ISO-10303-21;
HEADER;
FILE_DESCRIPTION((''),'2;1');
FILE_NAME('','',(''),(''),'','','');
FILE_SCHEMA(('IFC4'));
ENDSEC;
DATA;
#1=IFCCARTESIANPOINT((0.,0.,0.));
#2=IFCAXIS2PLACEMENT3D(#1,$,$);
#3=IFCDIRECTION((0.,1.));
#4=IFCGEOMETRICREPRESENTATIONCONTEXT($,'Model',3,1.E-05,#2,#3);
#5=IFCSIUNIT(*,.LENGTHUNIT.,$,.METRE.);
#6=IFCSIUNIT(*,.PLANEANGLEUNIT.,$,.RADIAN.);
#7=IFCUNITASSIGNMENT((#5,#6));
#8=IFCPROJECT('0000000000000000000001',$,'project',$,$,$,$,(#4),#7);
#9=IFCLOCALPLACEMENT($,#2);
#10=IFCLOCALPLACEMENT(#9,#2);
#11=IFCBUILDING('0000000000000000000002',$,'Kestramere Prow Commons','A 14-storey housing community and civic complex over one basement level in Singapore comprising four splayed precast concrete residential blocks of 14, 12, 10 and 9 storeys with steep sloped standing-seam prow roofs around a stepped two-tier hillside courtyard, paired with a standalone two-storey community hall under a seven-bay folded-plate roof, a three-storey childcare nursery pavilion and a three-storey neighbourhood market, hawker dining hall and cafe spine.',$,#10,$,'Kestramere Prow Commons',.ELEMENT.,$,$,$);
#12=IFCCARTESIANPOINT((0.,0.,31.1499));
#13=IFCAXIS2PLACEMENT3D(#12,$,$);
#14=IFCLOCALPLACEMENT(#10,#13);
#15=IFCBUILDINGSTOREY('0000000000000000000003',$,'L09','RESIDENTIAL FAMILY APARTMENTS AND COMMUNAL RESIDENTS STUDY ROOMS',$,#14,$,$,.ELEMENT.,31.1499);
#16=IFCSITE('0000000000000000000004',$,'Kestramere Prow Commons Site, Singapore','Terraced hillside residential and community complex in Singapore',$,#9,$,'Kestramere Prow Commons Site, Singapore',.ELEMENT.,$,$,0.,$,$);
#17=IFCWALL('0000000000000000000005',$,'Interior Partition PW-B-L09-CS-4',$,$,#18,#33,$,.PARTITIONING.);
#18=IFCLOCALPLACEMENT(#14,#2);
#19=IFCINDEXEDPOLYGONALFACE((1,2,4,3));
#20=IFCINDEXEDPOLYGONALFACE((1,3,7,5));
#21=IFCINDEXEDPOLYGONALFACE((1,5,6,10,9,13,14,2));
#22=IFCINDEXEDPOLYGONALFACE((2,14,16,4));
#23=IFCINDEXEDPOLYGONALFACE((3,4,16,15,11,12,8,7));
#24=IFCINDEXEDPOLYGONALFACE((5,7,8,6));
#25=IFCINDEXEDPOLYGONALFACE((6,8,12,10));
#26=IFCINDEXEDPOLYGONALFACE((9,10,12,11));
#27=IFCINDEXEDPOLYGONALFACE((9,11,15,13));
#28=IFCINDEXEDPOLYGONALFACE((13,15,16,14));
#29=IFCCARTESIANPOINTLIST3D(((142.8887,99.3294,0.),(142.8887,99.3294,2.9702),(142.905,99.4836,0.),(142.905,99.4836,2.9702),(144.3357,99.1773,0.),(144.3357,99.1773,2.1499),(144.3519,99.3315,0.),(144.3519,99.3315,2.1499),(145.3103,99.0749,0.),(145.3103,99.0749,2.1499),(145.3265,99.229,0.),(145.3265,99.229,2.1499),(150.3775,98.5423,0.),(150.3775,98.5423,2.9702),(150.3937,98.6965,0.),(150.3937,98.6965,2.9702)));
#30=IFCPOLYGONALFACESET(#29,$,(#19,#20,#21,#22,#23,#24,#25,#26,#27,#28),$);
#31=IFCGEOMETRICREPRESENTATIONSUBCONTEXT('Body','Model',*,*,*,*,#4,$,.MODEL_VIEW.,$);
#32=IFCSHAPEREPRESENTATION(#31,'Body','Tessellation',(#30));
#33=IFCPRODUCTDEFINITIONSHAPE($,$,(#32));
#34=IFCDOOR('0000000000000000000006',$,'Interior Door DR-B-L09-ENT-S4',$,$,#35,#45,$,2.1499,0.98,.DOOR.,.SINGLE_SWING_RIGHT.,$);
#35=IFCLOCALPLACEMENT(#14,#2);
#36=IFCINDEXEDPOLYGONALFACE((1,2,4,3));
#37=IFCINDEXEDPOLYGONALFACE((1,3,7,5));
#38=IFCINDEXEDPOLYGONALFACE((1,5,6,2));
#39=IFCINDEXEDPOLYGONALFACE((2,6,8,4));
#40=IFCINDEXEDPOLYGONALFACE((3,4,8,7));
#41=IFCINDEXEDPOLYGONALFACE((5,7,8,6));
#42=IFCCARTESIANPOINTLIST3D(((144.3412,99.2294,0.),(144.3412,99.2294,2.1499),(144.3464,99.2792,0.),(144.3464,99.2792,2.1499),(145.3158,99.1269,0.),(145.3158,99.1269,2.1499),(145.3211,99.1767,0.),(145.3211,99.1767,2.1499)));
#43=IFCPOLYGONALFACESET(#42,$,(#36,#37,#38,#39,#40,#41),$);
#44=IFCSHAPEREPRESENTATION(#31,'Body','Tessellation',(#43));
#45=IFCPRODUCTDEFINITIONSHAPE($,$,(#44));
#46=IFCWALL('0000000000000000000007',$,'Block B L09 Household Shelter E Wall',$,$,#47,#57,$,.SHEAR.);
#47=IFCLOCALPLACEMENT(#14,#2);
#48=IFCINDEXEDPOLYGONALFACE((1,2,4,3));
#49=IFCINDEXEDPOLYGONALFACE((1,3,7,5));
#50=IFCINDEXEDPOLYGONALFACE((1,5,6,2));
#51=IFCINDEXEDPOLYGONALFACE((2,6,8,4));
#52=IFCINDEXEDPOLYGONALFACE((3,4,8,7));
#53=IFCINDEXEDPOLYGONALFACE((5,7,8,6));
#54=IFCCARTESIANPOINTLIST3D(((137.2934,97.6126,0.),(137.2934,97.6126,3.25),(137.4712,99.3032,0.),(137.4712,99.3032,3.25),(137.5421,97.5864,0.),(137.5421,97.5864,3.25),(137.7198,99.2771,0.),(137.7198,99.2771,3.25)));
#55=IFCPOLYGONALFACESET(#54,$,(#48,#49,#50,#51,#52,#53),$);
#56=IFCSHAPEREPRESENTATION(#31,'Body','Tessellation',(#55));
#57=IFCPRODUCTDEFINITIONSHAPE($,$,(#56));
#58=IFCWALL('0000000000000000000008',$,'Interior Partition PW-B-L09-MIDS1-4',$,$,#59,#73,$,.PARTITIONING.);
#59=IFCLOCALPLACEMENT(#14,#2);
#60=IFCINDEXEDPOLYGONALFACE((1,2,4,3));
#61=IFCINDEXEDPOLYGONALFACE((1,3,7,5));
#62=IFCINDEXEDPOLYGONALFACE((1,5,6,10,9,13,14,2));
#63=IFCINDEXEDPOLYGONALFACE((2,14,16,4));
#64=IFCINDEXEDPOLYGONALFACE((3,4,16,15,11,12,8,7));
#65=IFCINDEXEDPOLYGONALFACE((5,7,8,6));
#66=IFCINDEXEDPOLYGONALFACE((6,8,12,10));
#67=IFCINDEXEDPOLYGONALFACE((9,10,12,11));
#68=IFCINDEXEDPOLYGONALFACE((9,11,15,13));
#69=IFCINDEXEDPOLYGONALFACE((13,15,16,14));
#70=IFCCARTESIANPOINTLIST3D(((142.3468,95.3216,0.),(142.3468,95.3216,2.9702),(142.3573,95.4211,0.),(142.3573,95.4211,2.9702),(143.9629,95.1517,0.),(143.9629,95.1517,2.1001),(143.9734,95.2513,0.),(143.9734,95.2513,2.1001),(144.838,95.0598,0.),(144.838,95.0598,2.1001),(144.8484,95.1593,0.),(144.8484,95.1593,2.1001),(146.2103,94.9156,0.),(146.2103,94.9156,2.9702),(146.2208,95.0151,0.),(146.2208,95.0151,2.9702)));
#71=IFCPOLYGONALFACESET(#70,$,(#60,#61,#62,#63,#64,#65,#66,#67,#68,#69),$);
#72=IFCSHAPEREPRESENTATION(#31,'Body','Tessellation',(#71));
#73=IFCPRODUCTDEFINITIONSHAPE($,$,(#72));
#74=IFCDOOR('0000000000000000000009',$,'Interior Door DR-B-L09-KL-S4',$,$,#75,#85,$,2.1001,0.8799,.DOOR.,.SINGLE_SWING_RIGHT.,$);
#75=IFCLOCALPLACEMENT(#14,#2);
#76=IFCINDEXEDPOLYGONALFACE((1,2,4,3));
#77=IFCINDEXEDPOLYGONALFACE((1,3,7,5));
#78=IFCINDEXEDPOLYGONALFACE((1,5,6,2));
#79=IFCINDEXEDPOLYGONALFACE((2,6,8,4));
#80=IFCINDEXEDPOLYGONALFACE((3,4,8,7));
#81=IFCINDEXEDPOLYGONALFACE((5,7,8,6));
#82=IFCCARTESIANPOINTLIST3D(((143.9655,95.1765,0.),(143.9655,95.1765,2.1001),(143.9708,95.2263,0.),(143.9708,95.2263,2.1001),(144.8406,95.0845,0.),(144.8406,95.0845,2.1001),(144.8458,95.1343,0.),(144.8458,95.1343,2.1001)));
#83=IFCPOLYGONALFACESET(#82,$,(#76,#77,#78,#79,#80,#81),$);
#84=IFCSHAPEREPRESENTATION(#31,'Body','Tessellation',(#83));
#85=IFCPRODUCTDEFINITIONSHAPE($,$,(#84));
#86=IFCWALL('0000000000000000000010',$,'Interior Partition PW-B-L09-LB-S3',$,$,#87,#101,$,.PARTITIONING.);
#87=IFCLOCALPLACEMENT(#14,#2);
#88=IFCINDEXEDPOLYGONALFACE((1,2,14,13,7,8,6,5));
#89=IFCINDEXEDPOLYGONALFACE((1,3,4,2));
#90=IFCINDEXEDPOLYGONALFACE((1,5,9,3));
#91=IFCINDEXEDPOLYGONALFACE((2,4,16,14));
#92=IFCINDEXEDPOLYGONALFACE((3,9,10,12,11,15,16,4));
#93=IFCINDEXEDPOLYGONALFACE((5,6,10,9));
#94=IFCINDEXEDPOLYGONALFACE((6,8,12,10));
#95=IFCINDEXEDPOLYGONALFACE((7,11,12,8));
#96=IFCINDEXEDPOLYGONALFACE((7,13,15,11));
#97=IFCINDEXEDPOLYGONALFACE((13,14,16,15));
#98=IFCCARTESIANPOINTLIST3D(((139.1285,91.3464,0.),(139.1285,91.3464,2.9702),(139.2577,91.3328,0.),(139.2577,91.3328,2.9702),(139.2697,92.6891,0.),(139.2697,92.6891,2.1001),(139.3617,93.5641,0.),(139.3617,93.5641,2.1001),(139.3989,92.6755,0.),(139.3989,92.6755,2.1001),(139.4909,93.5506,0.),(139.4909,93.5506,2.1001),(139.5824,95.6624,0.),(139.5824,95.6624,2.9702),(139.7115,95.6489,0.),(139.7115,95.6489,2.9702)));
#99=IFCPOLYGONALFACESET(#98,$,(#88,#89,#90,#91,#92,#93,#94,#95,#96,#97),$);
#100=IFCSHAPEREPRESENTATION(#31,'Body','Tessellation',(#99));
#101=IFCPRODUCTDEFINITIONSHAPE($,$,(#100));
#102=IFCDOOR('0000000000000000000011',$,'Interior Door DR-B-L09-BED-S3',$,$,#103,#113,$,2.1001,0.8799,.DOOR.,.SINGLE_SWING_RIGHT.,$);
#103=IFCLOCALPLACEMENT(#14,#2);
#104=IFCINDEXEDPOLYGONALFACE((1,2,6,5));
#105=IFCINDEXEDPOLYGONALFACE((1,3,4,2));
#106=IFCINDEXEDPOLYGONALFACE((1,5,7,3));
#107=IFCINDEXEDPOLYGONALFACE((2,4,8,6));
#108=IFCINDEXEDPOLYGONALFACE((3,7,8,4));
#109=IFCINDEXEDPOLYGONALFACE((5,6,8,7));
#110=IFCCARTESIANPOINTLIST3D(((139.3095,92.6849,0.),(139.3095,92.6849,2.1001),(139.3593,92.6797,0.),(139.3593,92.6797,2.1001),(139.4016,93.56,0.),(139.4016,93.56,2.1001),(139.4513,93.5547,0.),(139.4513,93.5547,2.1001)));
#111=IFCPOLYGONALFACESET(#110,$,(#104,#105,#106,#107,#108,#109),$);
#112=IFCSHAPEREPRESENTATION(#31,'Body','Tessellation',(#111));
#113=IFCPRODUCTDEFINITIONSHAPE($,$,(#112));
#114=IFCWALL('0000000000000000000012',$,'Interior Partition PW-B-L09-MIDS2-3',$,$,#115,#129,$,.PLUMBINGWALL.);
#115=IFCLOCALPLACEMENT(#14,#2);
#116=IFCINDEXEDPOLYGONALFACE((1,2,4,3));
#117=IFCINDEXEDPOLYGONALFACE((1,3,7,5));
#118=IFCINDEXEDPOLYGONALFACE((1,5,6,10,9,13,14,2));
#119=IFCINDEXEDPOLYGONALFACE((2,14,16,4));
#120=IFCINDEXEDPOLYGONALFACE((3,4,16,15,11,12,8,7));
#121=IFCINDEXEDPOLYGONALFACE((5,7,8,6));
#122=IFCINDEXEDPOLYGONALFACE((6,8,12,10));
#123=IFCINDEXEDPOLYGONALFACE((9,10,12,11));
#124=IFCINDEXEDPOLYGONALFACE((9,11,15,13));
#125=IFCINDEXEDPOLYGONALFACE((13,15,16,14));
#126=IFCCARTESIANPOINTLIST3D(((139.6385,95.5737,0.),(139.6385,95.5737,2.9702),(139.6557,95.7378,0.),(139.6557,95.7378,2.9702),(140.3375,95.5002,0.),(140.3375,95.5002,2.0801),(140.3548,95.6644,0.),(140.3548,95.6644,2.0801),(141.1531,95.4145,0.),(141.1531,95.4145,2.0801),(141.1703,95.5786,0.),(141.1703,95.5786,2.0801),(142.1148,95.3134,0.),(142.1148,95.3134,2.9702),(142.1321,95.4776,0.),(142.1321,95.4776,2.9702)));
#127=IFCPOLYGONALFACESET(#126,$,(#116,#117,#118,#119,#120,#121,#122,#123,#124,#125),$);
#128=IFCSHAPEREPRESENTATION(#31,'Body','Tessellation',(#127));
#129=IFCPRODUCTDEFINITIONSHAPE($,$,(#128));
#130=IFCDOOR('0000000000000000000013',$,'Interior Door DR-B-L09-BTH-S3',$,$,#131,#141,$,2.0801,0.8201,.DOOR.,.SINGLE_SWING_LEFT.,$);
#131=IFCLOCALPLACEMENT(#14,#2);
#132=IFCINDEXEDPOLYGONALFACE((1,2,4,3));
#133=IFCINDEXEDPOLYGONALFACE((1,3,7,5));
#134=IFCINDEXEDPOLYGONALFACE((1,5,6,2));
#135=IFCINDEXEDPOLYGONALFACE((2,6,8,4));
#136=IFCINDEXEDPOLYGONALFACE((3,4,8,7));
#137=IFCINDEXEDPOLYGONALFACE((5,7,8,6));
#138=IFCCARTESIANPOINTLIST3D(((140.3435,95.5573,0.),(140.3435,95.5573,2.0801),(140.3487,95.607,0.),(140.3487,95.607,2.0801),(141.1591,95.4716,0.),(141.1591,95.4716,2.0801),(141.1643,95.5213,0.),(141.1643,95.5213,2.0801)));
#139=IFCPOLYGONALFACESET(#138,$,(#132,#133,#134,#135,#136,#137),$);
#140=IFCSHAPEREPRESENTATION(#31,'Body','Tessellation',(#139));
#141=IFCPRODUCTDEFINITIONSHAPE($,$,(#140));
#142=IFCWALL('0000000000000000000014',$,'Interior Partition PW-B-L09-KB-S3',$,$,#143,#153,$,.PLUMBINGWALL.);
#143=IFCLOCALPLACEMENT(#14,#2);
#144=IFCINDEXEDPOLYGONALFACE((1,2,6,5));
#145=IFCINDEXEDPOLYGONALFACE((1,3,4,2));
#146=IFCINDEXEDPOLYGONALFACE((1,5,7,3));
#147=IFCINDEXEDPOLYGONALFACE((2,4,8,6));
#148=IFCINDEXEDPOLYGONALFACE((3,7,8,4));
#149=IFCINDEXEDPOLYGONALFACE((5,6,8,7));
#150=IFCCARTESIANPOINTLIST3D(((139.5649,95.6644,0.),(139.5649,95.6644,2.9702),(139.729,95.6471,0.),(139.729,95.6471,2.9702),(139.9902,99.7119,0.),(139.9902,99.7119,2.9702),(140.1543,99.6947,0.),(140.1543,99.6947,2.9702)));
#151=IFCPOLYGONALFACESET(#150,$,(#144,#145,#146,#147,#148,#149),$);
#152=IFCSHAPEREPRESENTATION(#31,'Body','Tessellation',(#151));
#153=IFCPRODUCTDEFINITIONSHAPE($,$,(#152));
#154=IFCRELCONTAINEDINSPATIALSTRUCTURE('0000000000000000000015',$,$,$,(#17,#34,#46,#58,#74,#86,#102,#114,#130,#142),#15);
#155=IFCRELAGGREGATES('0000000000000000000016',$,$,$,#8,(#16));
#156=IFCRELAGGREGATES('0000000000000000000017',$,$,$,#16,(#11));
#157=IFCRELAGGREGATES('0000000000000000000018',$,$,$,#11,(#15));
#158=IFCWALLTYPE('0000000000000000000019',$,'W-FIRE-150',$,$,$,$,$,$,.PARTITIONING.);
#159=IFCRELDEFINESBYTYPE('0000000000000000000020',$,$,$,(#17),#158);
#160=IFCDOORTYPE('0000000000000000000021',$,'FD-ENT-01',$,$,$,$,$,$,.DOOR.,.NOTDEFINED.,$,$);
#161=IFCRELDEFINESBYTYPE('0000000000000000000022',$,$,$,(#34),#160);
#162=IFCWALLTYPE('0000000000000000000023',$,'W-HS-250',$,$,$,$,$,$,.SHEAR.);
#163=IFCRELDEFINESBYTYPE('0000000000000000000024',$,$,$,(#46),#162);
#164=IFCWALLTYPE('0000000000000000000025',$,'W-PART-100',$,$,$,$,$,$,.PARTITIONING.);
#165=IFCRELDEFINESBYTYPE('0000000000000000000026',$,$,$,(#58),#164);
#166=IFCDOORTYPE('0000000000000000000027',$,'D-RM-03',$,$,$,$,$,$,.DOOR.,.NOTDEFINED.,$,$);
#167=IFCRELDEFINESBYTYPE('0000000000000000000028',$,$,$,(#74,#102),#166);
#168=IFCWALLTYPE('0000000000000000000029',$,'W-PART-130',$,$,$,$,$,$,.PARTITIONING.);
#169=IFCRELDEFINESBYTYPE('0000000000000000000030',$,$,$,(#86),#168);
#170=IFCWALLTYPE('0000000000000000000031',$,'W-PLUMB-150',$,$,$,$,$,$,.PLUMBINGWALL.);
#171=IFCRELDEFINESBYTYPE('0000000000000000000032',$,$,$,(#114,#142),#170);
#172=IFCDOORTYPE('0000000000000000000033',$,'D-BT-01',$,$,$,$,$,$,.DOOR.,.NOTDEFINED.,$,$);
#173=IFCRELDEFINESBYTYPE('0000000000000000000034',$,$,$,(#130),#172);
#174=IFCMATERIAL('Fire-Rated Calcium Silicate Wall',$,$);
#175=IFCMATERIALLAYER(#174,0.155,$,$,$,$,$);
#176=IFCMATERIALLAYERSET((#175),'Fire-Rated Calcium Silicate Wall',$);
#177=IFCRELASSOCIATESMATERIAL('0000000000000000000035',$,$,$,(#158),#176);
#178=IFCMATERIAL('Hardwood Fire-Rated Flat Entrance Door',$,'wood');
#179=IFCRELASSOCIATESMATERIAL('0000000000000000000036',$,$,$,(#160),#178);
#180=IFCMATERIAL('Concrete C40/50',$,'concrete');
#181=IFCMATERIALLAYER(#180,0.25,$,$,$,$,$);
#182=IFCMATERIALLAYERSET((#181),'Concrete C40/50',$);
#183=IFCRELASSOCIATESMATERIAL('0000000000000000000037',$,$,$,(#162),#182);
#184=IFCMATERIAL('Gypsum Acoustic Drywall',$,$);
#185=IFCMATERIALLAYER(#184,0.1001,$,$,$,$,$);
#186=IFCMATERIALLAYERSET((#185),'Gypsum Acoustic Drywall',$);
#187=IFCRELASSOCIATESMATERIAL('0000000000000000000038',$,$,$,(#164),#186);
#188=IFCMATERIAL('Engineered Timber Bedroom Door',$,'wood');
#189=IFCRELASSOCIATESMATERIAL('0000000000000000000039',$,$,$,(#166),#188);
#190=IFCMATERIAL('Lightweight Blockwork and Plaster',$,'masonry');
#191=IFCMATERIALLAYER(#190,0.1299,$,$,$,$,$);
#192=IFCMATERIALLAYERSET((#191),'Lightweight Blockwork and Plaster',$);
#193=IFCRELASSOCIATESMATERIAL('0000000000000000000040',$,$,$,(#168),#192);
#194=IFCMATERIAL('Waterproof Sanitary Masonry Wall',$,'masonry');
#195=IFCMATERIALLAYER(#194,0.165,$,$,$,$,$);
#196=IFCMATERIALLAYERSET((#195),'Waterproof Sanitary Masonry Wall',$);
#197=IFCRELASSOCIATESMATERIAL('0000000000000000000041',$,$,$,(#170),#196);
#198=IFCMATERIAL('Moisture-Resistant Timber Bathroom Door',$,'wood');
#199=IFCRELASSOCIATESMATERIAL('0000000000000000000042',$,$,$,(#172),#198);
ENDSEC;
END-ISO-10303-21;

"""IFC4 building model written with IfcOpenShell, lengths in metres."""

from ifc_helpers import new_model, si_unit, direction, frame, frame_2d, origin, place, context, subcontext, project, spatial, rectangle, extrude, material, layer, layer_set, type_object, element, fill, save


model = new_model("IFC4")

# Units and contexts
model_context = context("Model", 3, precision=1e-05, world=origin(), true_north=direction((0.0, 1.0)))
body_context = subcontext(model_context, "Body", "Model", "MODEL_VIEW")
ifc_project = project(units=[si_unit("LENGTHUNIT", "METRE"), si_unit("PLANEANGLEUNIT", "RADIAN")], contexts=[model_context])

# Site, building, storey
site_placement = place(None, origin())
site = spatial("IfcSite", under=ifc_project, at=site_placement, Name="Kestramere Prow Commons Site, Singapore", Description="Terraced hillside residential and community complex in Singapore", LongName="Kestramere Prow Commons Site, Singapore", CompositionType="ELEMENT", RefElevation=0.0)
building_placement = place(site_placement, origin())
building = spatial("IfcBuilding", under=site, at=building_placement, Name="Kestramere Prow Commons", Description="A 14-storey housing community and civic complex over one basement level in Singapore comprising four splayed precast concrete residential blocks of 14, 12, 10 and 9 storeys with steep sloped standing-seam prow roofs around a stepped two-tier hillside courtyard, paired with a standalone two-storey community hall under a seven-bay folded-plate roof, a three-storey childcare nursery pavilion and a three-storey neighbourhood market, hawker dining hall and cafe spine.", LongName="Kestramere Prow Commons", CompositionType="ELEMENT")
storey_placement = place(building_placement, frame((0.0, 0.0, 31.1499)))
storey = spatial("IfcBuildingStorey", under=building, at=storey_placement, Name="L09", Description="RESIDENTIAL FAMILY APARTMENTS AND COMMUNAL RESIDENTS STUDY ROOMS", CompositionType="ELEMENT", Elevation=31.1499)

# Shared definitions
ifc_material_1 = material(Name="Concrete C40/50", Category="concrete")

# Shared definitions
ifc_material_2 = material(Name="Fire-Rated Calcium Silicate Wall")
ifc_layer_1 = layer(ifc_material_2, 0.155)
ifc_layer_set_1 = layer_set([ifc_layer_1], Name="Fire-Rated Calcium Silicate Wall")
wall_type_1 = type_object("IfcWallType", Name="W-FIRE-150", PredefinedType="PARTITIONING", material=ifc_layer_set_1)

# Wall, opening, door
ifc_material_3 = material(Name="Hardwood Fire-Rated Flat Entrance Door", Category="wood")
wall_1_placement = place(storey_placement, frame((142.8967, 99.4065, 0.0), z_axis=(0.0, 0.0, 1.0), x_axis=(0.994522, -0.10453, 0.0)))
wall_1 = element("IfcWall", 1, at=wall_1_placement, inside=storey, type_object=wall_type_1, Name="Interior Partition PW-B-L09-CS-4", PredefinedType="PARTITIONING", context=body_context, shape_type="SweptSolid", body=[
    extrude(rectangle(XDim=7.53, YDim=0.155, at=frame_2d((3.7651, 0.0))), origin(), (0.0, 0.0, 1.0), 2.9702),
])
opening_1_placement = place(wall_1_placement, frame((1.4551, 0.0, 0.0)))
opening_1 = element("IfcOpeningElement", 2, at=opening_1_placement, cuts=wall_1, PredefinedType="OPENING", context=body_context, shape_type="SweptSolid", body=[
    extrude(rectangle(XDim=0.98, YDim=2.1499, at=frame_2d((0.49, 1.075))), frame((0.0, 0.0925, 0.0), z_axis=(0.0, -1.0, 0.0), x_axis=(1.0, 0.0, 0.0)), (0.0, 0.0, 1.0), 0.1851),
])
door_type_1 = type_object("IfcDoorType", Name="FD-ENT-01", OperationType="NOTDEFINED", PredefinedType="DOOR", material=ifc_material_3)
door_1_placement = place(opening_1_placement, origin())
door_1 = element("IfcDoor", 3, at=door_1_placement, inside=storey, type_object=door_type_1, Name="Interior Door DR-B-L09-ENT-S4", OperationType="SINGLE_SWING_RIGHT", OverallHeight=2.1499, OverallWidth=0.98, PredefinedType="DOOR", context=body_context, shape_type="SweptSolid", body=[
    extrude(rectangle(XDim=0.98, YDim=2.1499, at=frame_2d((0.49, 1.075))), frame((0.0, 0.0249, 0.0), z_axis=(0.0, -1.0, 0.0), x_axis=(1.0, 0.0, 0.0)), (0.0, 0.0, 1.0), 0.05),
])
fill(opening_1, door_1)

# Wall
ifc_layer_2 = layer(ifc_material_1, 0.25)
ifc_layer_set_2 = layer_set([ifc_layer_2], Name="Concrete C40/50")
wall_type_2 = type_object("IfcWallType", Name="W-HS-250", PredefinedType="SHEAR", material=ifc_layer_set_2)
wall_2_placement = place(storey_placement, frame((137.4177, 97.5994, 0.0), z_axis=(0.0, 0.0, 1.0), x_axis=(0.10455, 0.99452, 0.0)))
element("IfcWall", 4, at=wall_2_placement, inside=storey, type_object=wall_type_2, Name="Block B L09 Household Shelter E Wall", PredefinedType="SHEAR", context=body_context, shape_type="SweptSolid", body=[
    extrude(rectangle(XDim=1.7, YDim=0.25, at=frame_2d((0.8501, 0.0))), origin(), (0.0, 0.0, 1.0), 3.25),
])

# Walls, openings, doors
ifc_material_4 = material(Name="Gypsum Acoustic Drywall")
ifc_layer_3 = layer(ifc_material_4, 0.1001)
ifc_layer_set_3 = layer_set([ifc_layer_3], Name="Gypsum Acoustic Drywall")
wall_type_3 = type_object("IfcWallType", Name="W-PART-100", PredefinedType="PARTITIONING", material=ifc_layer_set_3)
wall_3_placement = place(storey_placement, frame((142.3521, 95.3713, 0.0), z_axis=(0.0, 0.0, 1.0), x_axis=(0.994524, -0.104511, 0.0)))
wall_3 = element("IfcWall", 5, at=wall_3_placement, inside=storey, type_object=wall_type_3, Name="Interior Partition PW-B-L09-MIDS1-4", PredefinedType="PARTITIONING", context=body_context, shape_type="SweptSolid", body=[
    extrude(rectangle(XDim=3.8848, YDim=0.1001, at=frame_2d((1.9424, 0.0))), origin(), (0.0, 0.0, 1.0), 2.9702),
])
opening_2_placement = place(wall_3_placement, frame((1.625, 0.0, 0.0)))
opening_2 = element("IfcOpeningElement", 6, at=opening_2_placement, cuts=wall_3, PredefinedType="OPENING", context=body_context, shape_type="SweptSolid", body=[
    extrude(rectangle(XDim=0.8799, YDim=2.1001, at=frame_2d((0.4399, 1.05))), frame((0.0, 0.0649, 0.0), z_axis=(0.0, -1.0, 0.0), x_axis=(1.0, 0.0, 0.0)), (0.0, 0.0, 1.0), 0.1301),
])
ifc_material_5 = material(Name="Engineered Timber Bedroom Door", Category="wood")
door_type_2 = type_object("IfcDoorType", Name="D-RM-03", OperationType="NOTDEFINED", PredefinedType="DOOR", material=ifc_material_5)
door_2_placement = place(opening_2_placement, origin())
door_2 = element("IfcDoor", 7, at=door_2_placement, inside=storey, type_object=door_type_2, Name="Interior Door DR-B-L09-KL-S4", OperationType="SINGLE_SWING_RIGHT", OverallHeight=2.1001, OverallWidth=0.8799, PredefinedType="DOOR", context=body_context, shape_type="SweptSolid", body=[
    extrude(rectangle(XDim=0.8799, YDim=2.1001, at=frame_2d((0.4399, 1.05))), frame((0.0, 0.0249, 0.0), z_axis=(0.0, -1.0, 0.0), x_axis=(1.0, 0.0, 0.0)), (0.0, 0.0, 1.0), 0.05),
])
fill(opening_2, door_2)
ifc_material_6 = material(Name="Lightweight Blockwork and Plaster", Category="masonry")
ifc_layer_4 = layer(ifc_material_6, 0.1299)
ifc_layer_set_4 = layer_set([ifc_layer_4], Name="Lightweight Blockwork and Plaster")
wall_type_4 = type_object("IfcWallType", Name="W-PART-130", PredefinedType="PARTITIONING", material=ifc_layer_set_4)
wall_4_placement = place(storey_placement, frame((139.1931, 91.3396, 0.0), z_axis=(0.0, 0.0, 1.0), x_axis=(0.104576, 0.994517, 0.0)))
wall_4 = element("IfcWall", 8, at=wall_4_placement, inside=storey, type_object=wall_type_4, Name="Interior Partition PW-B-L09-LB-S3", PredefinedType="PARTITIONING", context=body_context, shape_type="SweptSolid", body=[
    extrude(rectangle(XDim=4.3398, YDim=0.1299, at=frame_2d((2.1699, 0.0))), origin(), (0.0, 0.0, 1.0), 2.9702),
])
opening_3_placement = place(wall_4_placement, frame((1.3501, 0.0, 0.0)))
opening_3 = element("IfcOpeningElement", 9, at=opening_3_placement, cuts=wall_4, PredefinedType="OPENING", context=body_context, shape_type="SweptSolid", body=[
    extrude(rectangle(XDim=0.8799, YDim=2.1001, at=frame_2d((0.4399, 1.05))), frame((0.0, 0.0798, 0.0), z_axis=(0.0, -1.0, 0.0), x_axis=(1.0, 0.0, 0.0)), (0.0, 0.0, 1.0), 0.1599),
])
door_3_placement = place(opening_3_placement, origin())
door_3 = element("IfcDoor", 10, at=door_3_placement, inside=storey, type_object=door_type_2, Name="Interior Door DR-B-L09-BED-S3", OperationType="SINGLE_SWING_RIGHT", OverallHeight=2.1001, OverallWidth=0.8799, PredefinedType="DOOR", context=body_context, shape_type="SweptSolid", body=[
    extrude(rectangle(XDim=0.8799, YDim=2.1001, at=frame_2d((0.4399, 1.05))), frame((0.0, 0.0249, 0.0), z_axis=(0.0, -1.0, 0.0), x_axis=(1.0, 0.0, 0.0)), (0.0, 0.0, 1.0), 0.05),
])
fill(opening_3, door_3)
ifc_material_7 = material(Name="Waterproof Sanitary Masonry Wall", Category="masonry")
ifc_layer_5 = layer(ifc_material_7, 0.165)
ifc_layer_set_5 = layer_set([ifc_layer_5], Name="Waterproof Sanitary Masonry Wall")
wall_type_5 = type_object("IfcWallType", Name="W-PLUMB-150", PredefinedType="PLUMBINGWALL", material=ifc_layer_set_5)
wall_5_placement = place(storey_placement, frame((139.647, 95.6558, 0.0), z_axis=(0.0, 0.0, 1.0), x_axis=(0.994523, -0.104521, 0.0)))
wall_5 = element("IfcWall", 11, at=wall_5_placement, inside=storey, type_object=wall_type_5, Name="Interior Partition PW-B-L09-MIDS2-3", PredefinedType="PLUMBINGWALL", context=body_context, shape_type="SweptSolid", body=[
    extrude(rectangle(XDim=2.49, YDim=0.165, at=frame_2d((1.2451, 0.0))), origin(), (0.0, 0.0, 1.0), 2.9702),
])
opening_4_placement = place(wall_5_placement, frame((0.7029, 0.0, 0.0)))
opening_4 = element("IfcOpeningElement", 12, at=opening_4_placement, cuts=wall_5, PredefinedType="OPENING", context=body_context, shape_type="SweptSolid", body=[
    extrude(rectangle(XDim=0.8201, YDim=2.0801, at=frame_2d((0.4102, 1.04))), frame((0.0, 0.0974, 0.0), z_axis=(0.0, -1.0, 0.0), x_axis=(1.0, 0.0, 0.0)), (0.0, 0.0, 1.0), 0.1951),
])
ifc_material_8 = material(Name="Moisture-Resistant Timber Bathroom Door", Category="wood")
door_type_3 = type_object("IfcDoorType", Name="D-BT-01", OperationType="NOTDEFINED", PredefinedType="DOOR", material=ifc_material_8)
door_4_placement = place(opening_4_placement, origin())
door_4 = element("IfcDoor", 13, at=door_4_placement, inside=storey, type_object=door_type_3, Name="Interior Door DR-B-L09-BTH-S3", OperationType="SINGLE_SWING_LEFT", OverallHeight=2.0801, OverallWidth=0.8201, PredefinedType="DOOR", context=body_context, shape_type="SweptSolid", body=[
    extrude(rectangle(XDim=0.8201, YDim=2.0801, at=frame_2d((0.4102, 1.04))), frame((0.0, 0.0249, 0.0), z_axis=(0.0, -1.0, 0.0), x_axis=(1.0, 0.0, 0.0)), (0.0, 0.0, 1.0), 0.05),
])
fill(opening_4, door_4)

# Wall
wall_6_placement = place(storey_placement, frame((139.647, 95.6558, 0.0), z_axis=(0.0, 0.0, 1.0), x_axis=(0.104497, 0.994525, 0.0)))
element("IfcWall", 14, at=wall_6_placement, inside=storey, type_object=wall_type_5, Name="Interior Partition PW-B-L09-KB-S3", PredefinedType="PLUMBINGWALL", context=body_context, shape_type="SweptSolid", body=[
    extrude(rectangle(XDim=4.0698, YDim=0.165, at=frame_2d((2.0349, 0.0))), origin(), (0.0, 0.0, 1.0), 2.9702),
])

save(model, "model.ifc")
